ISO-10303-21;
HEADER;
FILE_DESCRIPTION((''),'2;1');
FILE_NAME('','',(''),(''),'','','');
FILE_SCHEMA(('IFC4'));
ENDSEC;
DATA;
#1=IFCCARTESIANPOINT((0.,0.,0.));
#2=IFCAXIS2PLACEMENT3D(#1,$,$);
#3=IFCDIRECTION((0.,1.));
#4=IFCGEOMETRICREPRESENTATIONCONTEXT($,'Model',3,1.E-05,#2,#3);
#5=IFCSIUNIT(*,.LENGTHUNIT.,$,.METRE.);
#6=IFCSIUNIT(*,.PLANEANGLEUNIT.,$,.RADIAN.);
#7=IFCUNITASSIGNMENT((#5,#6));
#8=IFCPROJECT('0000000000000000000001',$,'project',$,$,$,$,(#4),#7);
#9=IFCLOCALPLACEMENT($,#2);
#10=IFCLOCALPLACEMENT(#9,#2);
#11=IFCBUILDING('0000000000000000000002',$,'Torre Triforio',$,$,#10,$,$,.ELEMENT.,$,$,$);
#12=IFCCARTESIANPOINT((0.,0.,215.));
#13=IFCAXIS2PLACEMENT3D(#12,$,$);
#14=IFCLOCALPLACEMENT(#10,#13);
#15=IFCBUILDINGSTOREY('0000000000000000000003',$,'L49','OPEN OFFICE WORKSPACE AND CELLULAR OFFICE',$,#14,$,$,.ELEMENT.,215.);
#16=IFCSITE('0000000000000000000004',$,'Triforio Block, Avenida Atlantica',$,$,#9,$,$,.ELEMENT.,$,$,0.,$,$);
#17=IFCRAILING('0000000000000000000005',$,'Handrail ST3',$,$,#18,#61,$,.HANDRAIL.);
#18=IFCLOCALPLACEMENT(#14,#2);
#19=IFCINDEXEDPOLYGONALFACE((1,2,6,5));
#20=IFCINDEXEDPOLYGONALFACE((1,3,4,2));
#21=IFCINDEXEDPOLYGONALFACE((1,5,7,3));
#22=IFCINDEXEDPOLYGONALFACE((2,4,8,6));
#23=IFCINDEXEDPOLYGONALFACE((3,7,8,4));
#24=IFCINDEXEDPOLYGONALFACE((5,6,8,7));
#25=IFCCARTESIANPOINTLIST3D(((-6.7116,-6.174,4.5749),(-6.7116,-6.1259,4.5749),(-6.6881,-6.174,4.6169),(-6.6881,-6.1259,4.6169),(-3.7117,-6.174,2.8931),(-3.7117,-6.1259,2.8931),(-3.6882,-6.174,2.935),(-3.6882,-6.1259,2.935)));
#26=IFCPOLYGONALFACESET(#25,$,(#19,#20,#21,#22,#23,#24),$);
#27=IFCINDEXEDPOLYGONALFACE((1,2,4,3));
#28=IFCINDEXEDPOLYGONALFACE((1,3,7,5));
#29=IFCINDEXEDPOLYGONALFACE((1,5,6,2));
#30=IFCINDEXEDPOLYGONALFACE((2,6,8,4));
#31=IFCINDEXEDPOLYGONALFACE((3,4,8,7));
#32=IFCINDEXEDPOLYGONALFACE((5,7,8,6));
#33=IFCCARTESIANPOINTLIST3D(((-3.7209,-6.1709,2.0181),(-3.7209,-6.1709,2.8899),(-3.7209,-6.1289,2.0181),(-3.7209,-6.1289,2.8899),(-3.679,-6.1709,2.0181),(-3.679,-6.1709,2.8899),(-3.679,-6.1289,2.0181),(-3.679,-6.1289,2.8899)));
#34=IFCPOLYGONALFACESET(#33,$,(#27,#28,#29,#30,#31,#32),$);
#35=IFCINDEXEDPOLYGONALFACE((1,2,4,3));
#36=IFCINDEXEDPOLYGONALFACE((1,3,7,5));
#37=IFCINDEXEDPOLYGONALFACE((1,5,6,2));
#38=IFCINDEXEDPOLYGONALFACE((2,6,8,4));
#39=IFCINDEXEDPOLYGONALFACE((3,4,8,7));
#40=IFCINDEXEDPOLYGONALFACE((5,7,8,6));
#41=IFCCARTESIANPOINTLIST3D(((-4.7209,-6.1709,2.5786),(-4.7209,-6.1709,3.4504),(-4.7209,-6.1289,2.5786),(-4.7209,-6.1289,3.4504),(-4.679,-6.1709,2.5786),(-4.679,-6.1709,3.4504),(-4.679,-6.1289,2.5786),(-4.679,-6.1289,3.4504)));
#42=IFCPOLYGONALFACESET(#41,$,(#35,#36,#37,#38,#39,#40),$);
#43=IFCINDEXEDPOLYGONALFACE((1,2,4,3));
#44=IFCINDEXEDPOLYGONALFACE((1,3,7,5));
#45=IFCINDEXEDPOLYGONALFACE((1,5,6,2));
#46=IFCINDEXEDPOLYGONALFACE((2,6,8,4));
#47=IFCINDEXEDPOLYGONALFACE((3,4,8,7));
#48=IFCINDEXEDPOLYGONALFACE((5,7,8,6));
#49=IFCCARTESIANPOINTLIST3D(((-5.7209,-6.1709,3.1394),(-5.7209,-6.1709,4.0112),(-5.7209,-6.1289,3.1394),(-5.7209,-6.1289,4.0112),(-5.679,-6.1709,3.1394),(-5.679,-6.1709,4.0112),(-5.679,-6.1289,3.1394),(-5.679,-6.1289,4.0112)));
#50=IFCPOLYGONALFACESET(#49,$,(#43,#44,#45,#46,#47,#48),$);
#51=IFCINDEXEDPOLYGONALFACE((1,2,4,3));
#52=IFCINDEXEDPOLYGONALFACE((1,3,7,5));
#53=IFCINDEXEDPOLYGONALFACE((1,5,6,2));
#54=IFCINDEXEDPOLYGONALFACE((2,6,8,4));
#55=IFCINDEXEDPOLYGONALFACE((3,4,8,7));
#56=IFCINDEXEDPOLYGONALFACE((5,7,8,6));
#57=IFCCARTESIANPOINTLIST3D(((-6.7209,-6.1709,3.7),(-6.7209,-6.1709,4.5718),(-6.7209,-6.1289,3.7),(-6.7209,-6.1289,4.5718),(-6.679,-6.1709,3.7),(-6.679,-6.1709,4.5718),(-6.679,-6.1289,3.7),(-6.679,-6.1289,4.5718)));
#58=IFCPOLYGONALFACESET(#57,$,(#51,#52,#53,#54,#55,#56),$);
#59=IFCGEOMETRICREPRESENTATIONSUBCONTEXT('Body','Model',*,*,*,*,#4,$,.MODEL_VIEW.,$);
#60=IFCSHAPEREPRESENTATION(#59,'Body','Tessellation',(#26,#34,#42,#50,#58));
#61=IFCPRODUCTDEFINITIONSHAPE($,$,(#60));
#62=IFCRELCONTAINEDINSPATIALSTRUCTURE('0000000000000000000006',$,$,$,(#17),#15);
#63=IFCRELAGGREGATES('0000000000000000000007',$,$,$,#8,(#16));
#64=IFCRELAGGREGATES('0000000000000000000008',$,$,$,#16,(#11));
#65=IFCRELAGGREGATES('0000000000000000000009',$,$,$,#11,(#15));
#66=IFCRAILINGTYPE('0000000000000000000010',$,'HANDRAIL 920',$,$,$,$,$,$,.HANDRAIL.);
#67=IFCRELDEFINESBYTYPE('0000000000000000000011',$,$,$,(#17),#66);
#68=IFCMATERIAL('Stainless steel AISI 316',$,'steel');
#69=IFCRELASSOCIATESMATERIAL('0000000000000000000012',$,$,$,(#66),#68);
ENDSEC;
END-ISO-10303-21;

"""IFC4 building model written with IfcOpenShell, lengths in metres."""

from ifc_helpers import new_model, si_unit, direction, frame, origin, origin_2d, place, context, subcontext, project, spatial, rectangle, extrude, material, type_object, element, save


model = new_model("IFC4")

# Units and contexts
model_context = context("Model", 3, precision=1e-05, world=origin(), true_north=direction((0.0, 1.0)))
body_context = subcontext(model_context, "Body", "Model", "MODEL_VIEW")
ifc_project = project(units=[si_unit("LENGTHUNIT", "METRE"), si_unit("PLANEANGLEUNIT", "RADIAN")], contexts=[model_context])

# Site, building, storey
site_placement = place(None, origin())
site = spatial("IfcSite", under=ifc_project, at=site_placement, Name="Triforio Block, Avenida Atlantica", CompositionType="ELEMENT", RefElevation=0.0)
building_placement = place(site_placement, origin())
building = spatial("IfcBuilding", under=site, at=building_placement, Name="Torre Triforio", CompositionType="ELEMENT")
storey_placement = place(building_placement, frame((0.0, 0.0, 215.0)))
storey = spatial("IfcBuildingStorey", under=building, at=storey_placement, Name="L49", Description="OPEN OFFICE WORKSPACE AND CELLULAR OFFICE", CompositionType="ELEMENT", Elevation=215.0)

# Railing
ifc_material_1 = material(Name="Stainless steel AISI 316", Category="steel")
railing_type = type_object("IfcRailingType", Name="HANDRAIL 920", PredefinedType="HANDRAIL", material=ifc_material_1)
for number, where, name in (
    (1, (-3.7, -6.1499, 2.0181), "Handrail ST3"),
):
    element("IfcRailing", number, at=place(storey_placement, frame(where)), inside=storey, type_object=railing_type, Name=name, PredefinedType="HANDRAIL", context=body_context, shape_type="SweptSolid", body=[
        extrude(rectangle(XDim=0.0481, YDim=0.0481, at=origin_2d()), frame((0.0, 0.0, 0.896), z_axis=(-0.872272, 0.0, 0.48902), x_axis=(0.0, -1.0, 0.0)), (0.0, 0.0, 1.0), 3.4392),
        extrude(rectangle(XDim=0.042, YDim=0.042, at=origin_2d()), origin(), (0.0, 0.0, 1.0), 0.8718),
        extrude(rectangle(XDim=0.042, YDim=0.042, at=origin_2d()), frame((-1.0, 0.0, 0.5605)), (0.0, 0.0, 1.0), 0.8718),
        extrude(rectangle(XDim=0.042, YDim=0.042, at=origin_2d()), frame((-2.0, 0.0, 1.1213)), (0.0, 0.0, 1.0), 0.8718),
        extrude(rectangle(XDim=0.042, YDim=0.042, at=origin_2d()), frame((-3.0, 0.0, 1.6819)), (0.0, 0.0, 1.0), 0.8718),
    ])

save(model, "model.ifc")
